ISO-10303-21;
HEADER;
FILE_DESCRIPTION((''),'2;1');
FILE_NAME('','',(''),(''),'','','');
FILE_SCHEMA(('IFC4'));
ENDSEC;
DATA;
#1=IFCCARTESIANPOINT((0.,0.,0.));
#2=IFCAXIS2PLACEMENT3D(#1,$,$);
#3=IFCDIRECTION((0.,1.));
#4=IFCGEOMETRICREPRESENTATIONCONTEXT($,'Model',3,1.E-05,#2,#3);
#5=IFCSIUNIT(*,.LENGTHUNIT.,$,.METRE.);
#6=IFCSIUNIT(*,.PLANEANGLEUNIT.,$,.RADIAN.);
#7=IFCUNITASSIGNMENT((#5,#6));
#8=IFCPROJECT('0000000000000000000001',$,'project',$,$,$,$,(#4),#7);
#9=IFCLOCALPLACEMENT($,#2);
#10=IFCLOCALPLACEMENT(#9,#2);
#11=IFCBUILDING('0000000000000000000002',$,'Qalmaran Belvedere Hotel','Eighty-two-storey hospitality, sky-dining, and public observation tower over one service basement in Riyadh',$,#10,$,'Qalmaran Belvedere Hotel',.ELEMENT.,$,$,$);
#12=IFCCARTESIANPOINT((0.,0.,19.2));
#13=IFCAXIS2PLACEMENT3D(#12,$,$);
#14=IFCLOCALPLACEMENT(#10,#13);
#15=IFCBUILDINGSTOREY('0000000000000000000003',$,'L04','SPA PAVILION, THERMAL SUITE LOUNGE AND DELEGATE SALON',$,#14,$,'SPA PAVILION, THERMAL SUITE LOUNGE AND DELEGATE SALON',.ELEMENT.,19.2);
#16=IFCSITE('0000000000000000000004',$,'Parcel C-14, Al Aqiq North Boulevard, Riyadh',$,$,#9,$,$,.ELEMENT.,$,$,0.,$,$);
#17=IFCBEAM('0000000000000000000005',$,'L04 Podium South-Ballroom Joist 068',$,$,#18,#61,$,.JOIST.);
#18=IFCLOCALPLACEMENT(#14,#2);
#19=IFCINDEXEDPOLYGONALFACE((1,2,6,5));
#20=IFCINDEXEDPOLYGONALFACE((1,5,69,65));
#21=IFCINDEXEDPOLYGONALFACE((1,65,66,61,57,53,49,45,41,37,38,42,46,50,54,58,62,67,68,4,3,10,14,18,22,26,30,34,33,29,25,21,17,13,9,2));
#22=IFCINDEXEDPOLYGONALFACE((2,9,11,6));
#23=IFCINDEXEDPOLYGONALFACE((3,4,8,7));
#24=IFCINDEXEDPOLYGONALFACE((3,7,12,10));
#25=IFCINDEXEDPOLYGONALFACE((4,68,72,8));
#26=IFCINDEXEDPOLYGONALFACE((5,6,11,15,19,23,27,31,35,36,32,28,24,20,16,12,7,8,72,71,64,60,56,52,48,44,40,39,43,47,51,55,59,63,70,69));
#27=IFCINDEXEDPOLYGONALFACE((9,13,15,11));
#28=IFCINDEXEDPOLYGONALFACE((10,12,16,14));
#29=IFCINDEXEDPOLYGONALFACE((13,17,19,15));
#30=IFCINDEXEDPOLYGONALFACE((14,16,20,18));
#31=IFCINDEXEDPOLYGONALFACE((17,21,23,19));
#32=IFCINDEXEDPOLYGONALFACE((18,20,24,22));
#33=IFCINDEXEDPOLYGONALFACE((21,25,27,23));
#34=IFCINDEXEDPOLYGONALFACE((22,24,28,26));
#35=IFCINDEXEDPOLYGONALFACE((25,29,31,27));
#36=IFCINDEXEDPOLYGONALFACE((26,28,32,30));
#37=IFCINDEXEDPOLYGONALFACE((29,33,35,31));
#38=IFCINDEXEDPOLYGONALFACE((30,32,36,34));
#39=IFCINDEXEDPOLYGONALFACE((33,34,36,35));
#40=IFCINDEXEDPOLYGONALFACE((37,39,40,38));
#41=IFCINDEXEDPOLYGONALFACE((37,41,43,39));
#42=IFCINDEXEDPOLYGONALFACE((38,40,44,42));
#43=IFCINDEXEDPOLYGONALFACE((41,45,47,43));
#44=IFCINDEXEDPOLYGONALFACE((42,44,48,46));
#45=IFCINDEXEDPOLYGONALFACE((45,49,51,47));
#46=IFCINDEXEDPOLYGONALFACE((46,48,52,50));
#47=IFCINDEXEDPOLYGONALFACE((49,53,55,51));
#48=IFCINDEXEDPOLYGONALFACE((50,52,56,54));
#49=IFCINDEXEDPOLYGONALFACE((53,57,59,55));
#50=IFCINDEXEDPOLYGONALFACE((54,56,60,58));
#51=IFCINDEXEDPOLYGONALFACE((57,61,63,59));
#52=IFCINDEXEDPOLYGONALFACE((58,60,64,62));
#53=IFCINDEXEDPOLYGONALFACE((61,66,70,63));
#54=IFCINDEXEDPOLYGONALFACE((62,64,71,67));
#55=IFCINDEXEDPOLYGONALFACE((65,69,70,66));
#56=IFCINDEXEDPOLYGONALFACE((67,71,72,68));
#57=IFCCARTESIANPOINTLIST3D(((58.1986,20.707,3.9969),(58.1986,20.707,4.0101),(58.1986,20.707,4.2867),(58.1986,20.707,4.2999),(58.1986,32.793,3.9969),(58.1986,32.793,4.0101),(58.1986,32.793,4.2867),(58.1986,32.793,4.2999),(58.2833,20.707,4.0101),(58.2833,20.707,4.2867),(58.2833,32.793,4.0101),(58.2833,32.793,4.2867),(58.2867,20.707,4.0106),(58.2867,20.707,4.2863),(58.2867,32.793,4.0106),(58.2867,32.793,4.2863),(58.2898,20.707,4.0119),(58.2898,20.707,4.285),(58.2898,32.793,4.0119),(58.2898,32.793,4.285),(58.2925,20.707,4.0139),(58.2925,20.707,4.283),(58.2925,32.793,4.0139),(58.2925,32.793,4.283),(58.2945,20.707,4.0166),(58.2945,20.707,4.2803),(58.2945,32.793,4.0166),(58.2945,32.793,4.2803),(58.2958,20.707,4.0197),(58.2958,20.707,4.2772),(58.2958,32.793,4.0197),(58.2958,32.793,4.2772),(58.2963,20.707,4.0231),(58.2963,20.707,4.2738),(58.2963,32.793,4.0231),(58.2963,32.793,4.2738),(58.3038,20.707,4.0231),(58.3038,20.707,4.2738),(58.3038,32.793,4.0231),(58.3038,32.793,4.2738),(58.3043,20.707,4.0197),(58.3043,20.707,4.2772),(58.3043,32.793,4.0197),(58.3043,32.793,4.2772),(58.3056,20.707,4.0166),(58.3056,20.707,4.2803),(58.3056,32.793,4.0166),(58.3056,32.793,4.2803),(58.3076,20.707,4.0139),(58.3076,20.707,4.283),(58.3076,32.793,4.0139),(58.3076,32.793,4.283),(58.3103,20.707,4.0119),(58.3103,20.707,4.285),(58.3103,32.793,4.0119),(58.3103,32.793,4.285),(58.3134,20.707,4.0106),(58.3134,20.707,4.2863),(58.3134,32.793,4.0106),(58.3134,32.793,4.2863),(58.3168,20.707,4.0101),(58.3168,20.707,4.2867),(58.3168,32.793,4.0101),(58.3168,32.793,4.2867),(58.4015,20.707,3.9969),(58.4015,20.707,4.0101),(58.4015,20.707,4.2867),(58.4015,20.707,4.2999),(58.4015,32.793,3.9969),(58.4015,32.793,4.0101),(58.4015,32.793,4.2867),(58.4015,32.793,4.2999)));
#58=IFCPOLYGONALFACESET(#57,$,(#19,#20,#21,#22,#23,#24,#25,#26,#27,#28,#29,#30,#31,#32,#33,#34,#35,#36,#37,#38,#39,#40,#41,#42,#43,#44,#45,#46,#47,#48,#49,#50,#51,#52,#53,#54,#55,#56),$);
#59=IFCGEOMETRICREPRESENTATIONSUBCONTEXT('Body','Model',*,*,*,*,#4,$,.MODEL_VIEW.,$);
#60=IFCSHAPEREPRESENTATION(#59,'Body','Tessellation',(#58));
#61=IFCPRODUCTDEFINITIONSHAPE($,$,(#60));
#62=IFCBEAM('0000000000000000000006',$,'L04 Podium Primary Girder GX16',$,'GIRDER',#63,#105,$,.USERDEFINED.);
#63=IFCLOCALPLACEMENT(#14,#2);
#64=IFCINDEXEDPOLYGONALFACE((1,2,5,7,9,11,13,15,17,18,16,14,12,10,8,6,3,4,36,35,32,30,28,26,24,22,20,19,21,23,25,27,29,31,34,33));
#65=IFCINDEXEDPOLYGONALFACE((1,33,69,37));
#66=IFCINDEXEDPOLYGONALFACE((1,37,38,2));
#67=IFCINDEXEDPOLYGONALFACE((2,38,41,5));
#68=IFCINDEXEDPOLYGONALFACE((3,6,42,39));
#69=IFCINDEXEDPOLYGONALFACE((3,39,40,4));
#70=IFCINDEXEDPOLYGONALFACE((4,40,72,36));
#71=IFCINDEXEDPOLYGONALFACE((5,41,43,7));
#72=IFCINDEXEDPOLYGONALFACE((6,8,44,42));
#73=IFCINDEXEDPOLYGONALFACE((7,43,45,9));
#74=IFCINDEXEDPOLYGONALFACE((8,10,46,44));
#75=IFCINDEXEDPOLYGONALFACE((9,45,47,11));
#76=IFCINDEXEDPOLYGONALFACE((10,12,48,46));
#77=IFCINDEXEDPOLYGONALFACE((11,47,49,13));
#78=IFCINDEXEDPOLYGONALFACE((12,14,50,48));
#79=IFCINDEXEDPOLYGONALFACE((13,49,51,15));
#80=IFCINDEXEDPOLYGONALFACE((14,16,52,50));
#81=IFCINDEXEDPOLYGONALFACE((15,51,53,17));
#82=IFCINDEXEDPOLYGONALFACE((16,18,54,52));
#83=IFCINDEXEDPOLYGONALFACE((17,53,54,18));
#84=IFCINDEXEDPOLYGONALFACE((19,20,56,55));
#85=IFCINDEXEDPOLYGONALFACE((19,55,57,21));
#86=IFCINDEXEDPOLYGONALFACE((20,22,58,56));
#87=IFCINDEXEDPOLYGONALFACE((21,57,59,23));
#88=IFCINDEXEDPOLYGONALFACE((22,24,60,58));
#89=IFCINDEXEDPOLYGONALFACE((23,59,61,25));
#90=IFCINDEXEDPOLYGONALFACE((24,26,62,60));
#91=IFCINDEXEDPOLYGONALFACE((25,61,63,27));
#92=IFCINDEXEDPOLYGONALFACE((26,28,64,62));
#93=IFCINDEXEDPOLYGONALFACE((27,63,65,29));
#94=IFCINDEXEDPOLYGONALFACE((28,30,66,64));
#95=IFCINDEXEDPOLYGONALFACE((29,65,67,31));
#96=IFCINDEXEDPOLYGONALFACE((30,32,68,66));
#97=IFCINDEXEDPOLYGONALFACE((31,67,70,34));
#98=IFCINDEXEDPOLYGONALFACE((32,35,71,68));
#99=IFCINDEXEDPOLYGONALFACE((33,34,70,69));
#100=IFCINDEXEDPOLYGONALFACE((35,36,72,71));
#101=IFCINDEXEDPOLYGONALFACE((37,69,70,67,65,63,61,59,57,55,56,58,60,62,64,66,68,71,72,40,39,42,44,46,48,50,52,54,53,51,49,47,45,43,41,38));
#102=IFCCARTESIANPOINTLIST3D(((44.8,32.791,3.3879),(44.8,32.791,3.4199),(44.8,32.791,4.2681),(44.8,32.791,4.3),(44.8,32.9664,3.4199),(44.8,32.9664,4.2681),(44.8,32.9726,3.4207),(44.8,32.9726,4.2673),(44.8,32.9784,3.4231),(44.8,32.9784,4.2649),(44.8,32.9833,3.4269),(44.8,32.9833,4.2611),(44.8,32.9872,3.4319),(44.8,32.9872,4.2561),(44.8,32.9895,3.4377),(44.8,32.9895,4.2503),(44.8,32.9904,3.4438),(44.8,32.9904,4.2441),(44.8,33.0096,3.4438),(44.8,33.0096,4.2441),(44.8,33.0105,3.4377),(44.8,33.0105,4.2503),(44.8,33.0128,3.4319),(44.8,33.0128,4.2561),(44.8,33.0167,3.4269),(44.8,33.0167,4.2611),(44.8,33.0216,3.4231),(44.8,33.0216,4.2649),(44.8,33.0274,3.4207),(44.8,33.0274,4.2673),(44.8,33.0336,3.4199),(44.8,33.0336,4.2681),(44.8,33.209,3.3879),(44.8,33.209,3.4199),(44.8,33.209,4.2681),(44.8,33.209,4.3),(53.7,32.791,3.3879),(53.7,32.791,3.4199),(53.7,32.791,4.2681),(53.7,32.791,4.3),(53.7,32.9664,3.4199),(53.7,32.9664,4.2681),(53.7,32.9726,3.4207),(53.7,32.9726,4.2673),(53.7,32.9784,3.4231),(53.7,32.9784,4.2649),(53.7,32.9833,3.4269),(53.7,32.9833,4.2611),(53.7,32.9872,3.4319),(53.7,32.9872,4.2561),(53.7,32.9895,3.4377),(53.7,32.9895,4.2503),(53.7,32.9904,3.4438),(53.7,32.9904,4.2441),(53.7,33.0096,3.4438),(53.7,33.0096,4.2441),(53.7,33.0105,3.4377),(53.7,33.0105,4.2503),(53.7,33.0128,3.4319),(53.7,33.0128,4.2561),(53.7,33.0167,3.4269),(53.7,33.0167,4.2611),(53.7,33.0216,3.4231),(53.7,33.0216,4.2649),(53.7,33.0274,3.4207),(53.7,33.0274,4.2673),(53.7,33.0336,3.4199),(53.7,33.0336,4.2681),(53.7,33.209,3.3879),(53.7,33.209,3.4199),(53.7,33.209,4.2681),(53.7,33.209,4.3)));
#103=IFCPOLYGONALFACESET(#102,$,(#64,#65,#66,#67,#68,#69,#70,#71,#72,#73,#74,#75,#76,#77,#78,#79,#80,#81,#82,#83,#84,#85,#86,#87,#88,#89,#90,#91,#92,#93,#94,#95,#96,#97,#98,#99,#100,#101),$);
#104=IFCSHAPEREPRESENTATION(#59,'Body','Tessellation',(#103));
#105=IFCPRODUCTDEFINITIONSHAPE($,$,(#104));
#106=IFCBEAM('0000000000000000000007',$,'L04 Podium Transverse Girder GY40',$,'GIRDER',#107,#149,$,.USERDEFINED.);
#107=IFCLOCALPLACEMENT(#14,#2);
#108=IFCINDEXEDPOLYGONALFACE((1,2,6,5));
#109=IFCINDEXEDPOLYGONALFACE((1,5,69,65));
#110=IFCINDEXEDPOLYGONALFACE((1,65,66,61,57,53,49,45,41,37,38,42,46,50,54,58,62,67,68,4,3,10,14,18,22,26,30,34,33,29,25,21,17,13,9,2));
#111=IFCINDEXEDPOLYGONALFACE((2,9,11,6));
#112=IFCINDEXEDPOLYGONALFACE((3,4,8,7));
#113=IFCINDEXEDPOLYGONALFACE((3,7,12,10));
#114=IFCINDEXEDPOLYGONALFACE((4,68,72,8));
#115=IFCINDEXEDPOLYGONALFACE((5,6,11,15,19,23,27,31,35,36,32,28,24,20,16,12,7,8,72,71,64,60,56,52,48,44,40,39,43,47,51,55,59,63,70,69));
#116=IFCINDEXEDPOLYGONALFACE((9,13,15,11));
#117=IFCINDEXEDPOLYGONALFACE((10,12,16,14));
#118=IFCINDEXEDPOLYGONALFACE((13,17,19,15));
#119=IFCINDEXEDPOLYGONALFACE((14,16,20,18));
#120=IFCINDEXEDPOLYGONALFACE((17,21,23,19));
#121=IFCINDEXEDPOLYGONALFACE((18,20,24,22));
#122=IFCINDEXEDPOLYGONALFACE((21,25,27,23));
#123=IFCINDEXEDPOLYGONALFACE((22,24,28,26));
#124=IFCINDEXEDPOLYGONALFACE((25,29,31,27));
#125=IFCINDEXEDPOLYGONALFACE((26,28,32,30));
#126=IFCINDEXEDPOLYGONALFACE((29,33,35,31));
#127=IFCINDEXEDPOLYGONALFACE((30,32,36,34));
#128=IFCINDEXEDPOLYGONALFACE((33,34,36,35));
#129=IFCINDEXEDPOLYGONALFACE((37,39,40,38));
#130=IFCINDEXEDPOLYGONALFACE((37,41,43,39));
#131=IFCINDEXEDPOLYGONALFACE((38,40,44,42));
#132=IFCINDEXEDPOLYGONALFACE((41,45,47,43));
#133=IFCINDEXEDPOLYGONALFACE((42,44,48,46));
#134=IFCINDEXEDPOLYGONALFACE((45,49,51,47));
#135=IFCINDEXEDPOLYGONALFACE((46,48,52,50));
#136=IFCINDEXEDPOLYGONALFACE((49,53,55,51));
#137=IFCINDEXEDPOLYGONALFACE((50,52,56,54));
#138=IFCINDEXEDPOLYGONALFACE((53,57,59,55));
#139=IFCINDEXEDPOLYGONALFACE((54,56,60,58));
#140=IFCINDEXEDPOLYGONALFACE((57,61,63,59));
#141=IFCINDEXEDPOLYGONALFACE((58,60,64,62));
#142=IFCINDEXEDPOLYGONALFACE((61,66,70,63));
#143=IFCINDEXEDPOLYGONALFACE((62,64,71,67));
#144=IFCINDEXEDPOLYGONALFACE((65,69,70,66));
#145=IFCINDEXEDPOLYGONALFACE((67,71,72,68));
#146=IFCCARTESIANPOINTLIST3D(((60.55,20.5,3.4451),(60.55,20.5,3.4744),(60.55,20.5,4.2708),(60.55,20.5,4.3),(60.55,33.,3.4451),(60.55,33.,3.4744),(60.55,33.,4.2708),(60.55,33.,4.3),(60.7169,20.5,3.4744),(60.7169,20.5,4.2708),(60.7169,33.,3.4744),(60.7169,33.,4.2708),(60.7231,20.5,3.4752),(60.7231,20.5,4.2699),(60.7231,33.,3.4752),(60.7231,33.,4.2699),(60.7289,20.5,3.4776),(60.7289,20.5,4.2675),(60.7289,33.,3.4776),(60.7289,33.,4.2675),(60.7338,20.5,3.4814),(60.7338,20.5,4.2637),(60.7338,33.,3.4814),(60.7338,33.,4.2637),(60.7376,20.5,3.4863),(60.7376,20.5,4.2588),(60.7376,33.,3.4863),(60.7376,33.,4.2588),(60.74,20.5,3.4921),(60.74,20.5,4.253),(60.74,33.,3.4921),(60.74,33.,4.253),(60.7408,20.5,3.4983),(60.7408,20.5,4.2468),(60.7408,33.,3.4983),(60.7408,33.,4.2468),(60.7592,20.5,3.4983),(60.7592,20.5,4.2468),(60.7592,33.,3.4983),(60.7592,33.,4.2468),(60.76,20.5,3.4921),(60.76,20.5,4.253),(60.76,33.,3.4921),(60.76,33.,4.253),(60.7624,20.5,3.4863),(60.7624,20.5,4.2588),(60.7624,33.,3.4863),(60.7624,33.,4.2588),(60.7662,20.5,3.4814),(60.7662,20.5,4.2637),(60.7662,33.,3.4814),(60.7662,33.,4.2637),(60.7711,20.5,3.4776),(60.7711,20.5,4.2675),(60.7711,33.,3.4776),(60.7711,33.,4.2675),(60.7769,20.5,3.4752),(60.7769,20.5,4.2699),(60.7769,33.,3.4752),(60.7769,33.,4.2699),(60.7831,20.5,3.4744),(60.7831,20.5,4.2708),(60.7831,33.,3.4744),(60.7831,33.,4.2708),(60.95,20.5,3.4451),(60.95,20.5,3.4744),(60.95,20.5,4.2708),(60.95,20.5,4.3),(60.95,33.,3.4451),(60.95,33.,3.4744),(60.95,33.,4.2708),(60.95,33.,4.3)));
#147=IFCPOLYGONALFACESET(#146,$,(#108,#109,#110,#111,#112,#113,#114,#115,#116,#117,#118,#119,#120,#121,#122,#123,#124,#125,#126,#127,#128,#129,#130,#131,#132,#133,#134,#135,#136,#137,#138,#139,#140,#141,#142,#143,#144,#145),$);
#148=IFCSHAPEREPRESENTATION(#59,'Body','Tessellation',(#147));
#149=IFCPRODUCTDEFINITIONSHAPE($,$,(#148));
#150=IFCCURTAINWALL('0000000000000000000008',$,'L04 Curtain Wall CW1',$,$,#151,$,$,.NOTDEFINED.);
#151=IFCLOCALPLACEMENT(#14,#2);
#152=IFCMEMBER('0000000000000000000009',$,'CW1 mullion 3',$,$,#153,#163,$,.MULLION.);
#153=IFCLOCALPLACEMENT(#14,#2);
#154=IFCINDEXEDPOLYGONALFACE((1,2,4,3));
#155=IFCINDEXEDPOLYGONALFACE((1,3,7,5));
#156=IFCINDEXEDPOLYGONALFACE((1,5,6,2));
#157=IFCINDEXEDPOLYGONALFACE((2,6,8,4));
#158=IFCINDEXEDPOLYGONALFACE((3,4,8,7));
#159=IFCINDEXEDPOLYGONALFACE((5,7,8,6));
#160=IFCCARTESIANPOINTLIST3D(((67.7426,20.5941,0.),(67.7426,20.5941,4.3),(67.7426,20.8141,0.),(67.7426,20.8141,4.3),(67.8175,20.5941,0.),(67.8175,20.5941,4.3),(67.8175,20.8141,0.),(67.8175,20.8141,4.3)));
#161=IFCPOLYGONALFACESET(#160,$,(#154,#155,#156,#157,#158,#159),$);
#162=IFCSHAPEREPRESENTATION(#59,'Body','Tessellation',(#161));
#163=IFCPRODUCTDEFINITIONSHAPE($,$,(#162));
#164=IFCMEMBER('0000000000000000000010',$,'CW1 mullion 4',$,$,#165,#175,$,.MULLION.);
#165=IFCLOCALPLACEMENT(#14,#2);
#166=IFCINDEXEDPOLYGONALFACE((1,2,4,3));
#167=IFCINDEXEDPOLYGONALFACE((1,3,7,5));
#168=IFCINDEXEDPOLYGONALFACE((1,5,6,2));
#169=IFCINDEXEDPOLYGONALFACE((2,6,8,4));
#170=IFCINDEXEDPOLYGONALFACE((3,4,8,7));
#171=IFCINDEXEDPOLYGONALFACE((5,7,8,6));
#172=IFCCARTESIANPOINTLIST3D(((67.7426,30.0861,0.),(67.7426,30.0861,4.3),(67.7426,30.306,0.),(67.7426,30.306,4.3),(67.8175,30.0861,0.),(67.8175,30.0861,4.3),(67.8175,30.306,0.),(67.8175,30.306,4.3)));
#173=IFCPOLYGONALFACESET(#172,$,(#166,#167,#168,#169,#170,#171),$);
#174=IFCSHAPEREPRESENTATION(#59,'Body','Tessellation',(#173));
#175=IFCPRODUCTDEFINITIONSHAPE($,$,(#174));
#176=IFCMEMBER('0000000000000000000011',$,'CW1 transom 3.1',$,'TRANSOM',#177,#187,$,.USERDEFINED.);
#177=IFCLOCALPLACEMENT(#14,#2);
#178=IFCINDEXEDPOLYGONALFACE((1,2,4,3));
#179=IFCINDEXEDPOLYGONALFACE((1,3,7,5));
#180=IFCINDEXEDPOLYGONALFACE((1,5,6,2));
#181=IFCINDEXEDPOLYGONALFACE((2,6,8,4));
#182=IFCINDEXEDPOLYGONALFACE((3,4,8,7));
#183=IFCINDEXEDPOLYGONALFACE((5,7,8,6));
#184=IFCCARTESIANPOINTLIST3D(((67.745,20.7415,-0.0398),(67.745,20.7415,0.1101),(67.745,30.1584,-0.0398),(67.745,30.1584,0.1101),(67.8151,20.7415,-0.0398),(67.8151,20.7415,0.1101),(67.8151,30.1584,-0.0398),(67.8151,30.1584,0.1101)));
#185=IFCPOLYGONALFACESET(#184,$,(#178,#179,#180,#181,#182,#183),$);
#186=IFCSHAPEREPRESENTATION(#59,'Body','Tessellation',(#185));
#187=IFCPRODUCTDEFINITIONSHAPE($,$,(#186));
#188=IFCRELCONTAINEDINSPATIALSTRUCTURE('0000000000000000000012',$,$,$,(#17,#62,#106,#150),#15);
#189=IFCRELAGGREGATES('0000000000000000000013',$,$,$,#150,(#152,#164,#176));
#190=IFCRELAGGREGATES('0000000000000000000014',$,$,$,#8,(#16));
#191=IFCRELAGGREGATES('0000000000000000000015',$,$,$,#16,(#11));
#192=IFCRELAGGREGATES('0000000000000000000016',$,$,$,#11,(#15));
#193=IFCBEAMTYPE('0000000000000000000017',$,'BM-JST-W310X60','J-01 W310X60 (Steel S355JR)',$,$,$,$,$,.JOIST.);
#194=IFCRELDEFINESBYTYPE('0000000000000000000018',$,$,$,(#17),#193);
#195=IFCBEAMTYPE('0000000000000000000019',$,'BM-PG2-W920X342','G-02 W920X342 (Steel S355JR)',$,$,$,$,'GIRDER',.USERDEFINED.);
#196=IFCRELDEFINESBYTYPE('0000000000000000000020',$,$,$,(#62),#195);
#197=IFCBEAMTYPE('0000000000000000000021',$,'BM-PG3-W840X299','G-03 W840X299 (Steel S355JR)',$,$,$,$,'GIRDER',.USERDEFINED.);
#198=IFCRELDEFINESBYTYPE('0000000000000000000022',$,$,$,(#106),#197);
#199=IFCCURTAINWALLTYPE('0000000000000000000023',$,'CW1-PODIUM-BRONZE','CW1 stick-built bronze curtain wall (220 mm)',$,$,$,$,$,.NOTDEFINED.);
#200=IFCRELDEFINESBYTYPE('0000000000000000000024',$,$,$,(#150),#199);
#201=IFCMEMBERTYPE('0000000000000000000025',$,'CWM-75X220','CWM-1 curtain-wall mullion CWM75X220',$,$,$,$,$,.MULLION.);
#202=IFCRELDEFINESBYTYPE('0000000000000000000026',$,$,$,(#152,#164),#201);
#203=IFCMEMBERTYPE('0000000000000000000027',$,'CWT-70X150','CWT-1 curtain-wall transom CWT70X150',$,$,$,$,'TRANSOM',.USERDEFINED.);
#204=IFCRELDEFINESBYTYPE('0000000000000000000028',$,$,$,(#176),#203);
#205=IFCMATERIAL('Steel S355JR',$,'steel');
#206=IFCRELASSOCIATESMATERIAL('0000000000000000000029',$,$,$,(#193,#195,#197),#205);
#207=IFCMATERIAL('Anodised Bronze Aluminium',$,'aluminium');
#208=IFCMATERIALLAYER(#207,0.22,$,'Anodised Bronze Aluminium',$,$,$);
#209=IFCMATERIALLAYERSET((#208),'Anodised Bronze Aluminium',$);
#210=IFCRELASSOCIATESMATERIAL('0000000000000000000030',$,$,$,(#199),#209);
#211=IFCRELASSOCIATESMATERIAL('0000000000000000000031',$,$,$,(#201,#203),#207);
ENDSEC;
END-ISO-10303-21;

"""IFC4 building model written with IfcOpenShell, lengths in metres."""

from ifc_helpers import new_model, si_unit, direction, frame, origin, origin_2d, place, context, subcontext, project, spatial, rectangle, i_section, extrude, material, layer, layer_set, material_profile, profile_set, type_object, element, aggregate, save


model = new_model("IFC4")

# Units and contexts
model_context = context("Model", 3, precision=1e-05, world=origin(), true_north=direction((0.0, 1.0)))
body_context = subcontext(model_context, "Body", "Model", "MODEL_VIEW")
ifc_project = project(units=[si_unit("LENGTHUNIT", "METRE"), si_unit("PLANEANGLEUNIT", "RADIAN")], contexts=[model_context])

# Site, building, storey
site_placement = place(None, origin())
site = spatial("IfcSite", under=ifc_project, at=site_placement, Name="Parcel C-14, Al Aqiq North Boulevard, Riyadh", CompositionType="ELEMENT", RefElevation=0.0)
building_placement = place(site_placement, origin())
building = spatial("IfcBuilding", under=site, at=building_placement, Name="Qalmaran Belvedere Hotel", Description="Eighty-two-storey hospitality, sky-dining, and public observation tower over one service basement in Riyadh", LongName="Qalmaran Belvedere Hotel", CompositionType="ELEMENT")
storey_placement = place(building_placement, frame((0.0, 0.0, 19.2)))
storey = spatial("IfcBuildingStorey", under=building, at=storey_placement, Name="L04", Description="SPA PAVILION, THERMAL SUITE LOUNGE AND DELEGATE SALON", LongName="SPA PAVILION, THERMAL SUITE LOUNGE AND DELEGATE SALON", CompositionType="ELEMENT", Elevation=19.2)

# Beams
ifc_material_1 = material(Name="Steel S355JR", Category="steel")
ifc_material_profile_1 = material_profile(ifc_material_1, i_section(OverallWidth=0.2029, OverallDepth=0.303, WebThickness=0.0076, FlangeThickness=0.0132, FilletRadius=0.0129, at=origin_2d()), Name="W310X60")
ifc_profile_set_1 = profile_set([ifc_material_profile_1], Name="Steel S355JR")
beam_type_1 = type_object("IfcBeamType", Name="BM-JST-W310X60", Description="J-01 W310X60 (Steel S355JR)", PredefinedType="JOIST", material=ifc_profile_set_1)
for number, where, z_axis, x_axis, name in (
    (1, (58.3, 20.707, 4.1484), (0.0, 1.0, 0.0), (-1.0, 0.0, 0.0), "L04 Podium South-Ballroom Joist 068"),
):
    element("IfcBeam", number, at=place(storey_placement, frame(where, z_axis=z_axis, x_axis=x_axis)), inside=storey, type_object=beam_type_1, Name=name, PredefinedType="JOIST", context=body_context, shape_type="SweptSolid", body=[
        extrude(i_section(OverallWidth=0.2029, OverallDepth=0.303, WebThickness=0.0076, FlangeThickness=0.0132, FilletRadius=0.0129, at=origin_2d()), origin(), (0.0, 0.0, 1.0), 12.0859),
    ])
ifc_material_profile_2 = material_profile(ifc_material_1, i_section(OverallWidth=0.418, OverallDepth=0.9121, WebThickness=0.0193, FlangeThickness=0.032, FilletRadius=0.0239, at=origin_2d()), Name="W920X342")
ifc_profile_set_2 = profile_set([ifc_material_profile_2], Name="Steel S355JR")
beam_type_2 = type_object("IfcBeamType", Name="BM-PG2-W920X342", Description="G-02 W920X342 (Steel S355JR)", ElementType="GIRDER", PredefinedType="USERDEFINED", material=ifc_profile_set_2)
beam_1_placement = place(storey_placement, frame((44.8, 33.0, 3.844), z_axis=(1.0, 0.0, 0.0), x_axis=(0.0, 1.0, 0.0)))
element("IfcBeam", 2, at=beam_1_placement, inside=storey, type_object=beam_type_2, Name="L04 Podium Primary Girder GX16", ObjectType="GIRDER", PredefinedType="USERDEFINED", context=body_context, shape_type="SweptSolid", body=[
    extrude(i_section(OverallWidth=0.418, OverallDepth=0.9121, WebThickness=0.0193, FlangeThickness=0.032, FilletRadius=0.0239, at=origin_2d()), origin(), (0.0, 0.0, 1.0), 8.8999),
])
ifc_material_profile_3 = material_profile(ifc_material_1, i_section(OverallWidth=0.3999, OverallDepth=0.855, WebThickness=0.0183, FlangeThickness=0.0293, FilletRadius=0.0239, at=origin_2d()), Name="W840X299")
ifc_profile_set_3 = profile_set([ifc_material_profile_3], Name="Steel S355JR")
beam_type_3 = type_object("IfcBeamType", Name="BM-PG3-W840X299", Description="G-03 W840X299 (Steel S355JR)", ElementType="GIRDER", PredefinedType="USERDEFINED", material=ifc_profile_set_3)
beam_2_placement = place(storey_placement, frame((60.75, 20.5, 3.8726), z_axis=(0.0, 1.0, 0.0), x_axis=(-1.0, 0.0, 0.0)))
element("IfcBeam", 3, at=beam_2_placement, inside=storey, type_object=beam_type_3, Name="L04 Podium Transverse Girder GY40", ObjectType="GIRDER", PredefinedType="USERDEFINED", context=body_context, shape_type="SweptSolid", body=[
    extrude(i_section(OverallWidth=0.3999, OverallDepth=0.855, WebThickness=0.0183, FlangeThickness=0.0293, FilletRadius=0.0239, at=origin_2d()), origin(), (0.0, 0.0, 1.0), 12.5),
])

# Curtain wall, members
ifc_material_2 = material(Name="Anodised Bronze Aluminium", Category="aluminium")
ifc_layer_1 = layer(ifc_material_2, 0.22, Name="Anodised Bronze Aluminium")
ifc_layer_set_1 = layer_set([ifc_layer_1], Name="Anodised Bronze Aluminium")
curtain_wall_type = type_object("IfcCurtainWallType", Name="CW1-PODIUM-BRONZE", Description="CW1 stick-built bronze curtain wall (220 mm)", PredefinedType="NOTDEFINED", material=ifc_layer_set_1)
curtain_wall_placement = place(storey_placement, origin())
curtain_wall = element("IfcCurtainWall", 4, at=curtain_wall_placement, inside=storey, type_object=curtain_wall_type, Name="L04 Curtain Wall CW1", PredefinedType="NOTDEFINED")
ifc_material_profile_4 = material_profile(ifc_material_2, rectangle(XDim=0.075, YDim=0.22, at=origin_2d()), Name="CWM75X220")
ifc_profile_set_4 = profile_set([ifc_material_profile_4], Name="Anodised Bronze Aluminium")
member_type_1 = type_object("IfcMemberType", Name="CWM-75X220", Description="CWM-1 curtain-wall mullion CWM75X220", PredefinedType="MULLION", material=ifc_profile_set_4)
member_1_placement = place(storey_placement, frame((67.78, 20.7041, 0.0), z_axis=(0.0, 0.0, 1.0), x_axis=(-1.0, 0.0, 0.0)))
member_1 = element("IfcMember", 5, at=member_1_placement, type_object=member_type_1, Name="CW1 mullion 3", PredefinedType="MULLION", context=body_context, shape_type="SweptSolid", body=[
    extrude(rectangle(XDim=0.075, YDim=0.22, at=origin_2d()), origin(), (0.0, 0.0, 1.0), 4.3),
])
member_2_placement = place(storey_placement, frame((67.78, 30.196, 0.0), z_axis=(0.0, 0.0, 1.0), x_axis=(-1.0, 0.0, 0.0)))
member_2 = element("IfcMember", 6, at=member_2_placement, type_object=member_type_1, Name="CW1 mullion 4", PredefinedType="MULLION", context=body_context, shape_type="SweptSolid", body=[
    extrude(rectangle(XDim=0.075, YDim=0.22, at=origin_2d()), origin(), (0.0, 0.0, 1.0), 4.3),
])
ifc_material_profile_5 = material_profile(ifc_material_2, rectangle(XDim=0.0701, YDim=0.1499, at=origin_2d()), Name="CWT70X150")
ifc_profile_set_5 = profile_set([ifc_material_profile_5], Name="Anodised Bronze Aluminium")
member_type_2 = type_object("IfcMemberType", Name="CWT-70X150", Description="CWT-1 curtain-wall transom CWT70X150", ElementType="TRANSOM", PredefinedType="USERDEFINED", material=ifc_profile_set_5)
member_3_placement = place(storey_placement, frame((67.78, 20.7415, 0.0352), z_axis=(0.0, 1.0, 0.0), x_axis=(-1.0, 0.0, 0.0)))
member_3 = element("IfcMember", 7, at=member_3_placement, type_object=member_type_2, Name="CW1 transom 3.1", ObjectType="TRANSOM", PredefinedType="USERDEFINED", context=body_context, shape_type="SweptSolid", body=[
    extrude(rectangle(XDim=0.0701, YDim=0.1499, at=origin_2d()), origin(), (0.0, 0.0, 1.0), 9.417),
])
aggregate(curtain_wall, [member_1, member_2, member_3])

save(model, "model.ifc")
